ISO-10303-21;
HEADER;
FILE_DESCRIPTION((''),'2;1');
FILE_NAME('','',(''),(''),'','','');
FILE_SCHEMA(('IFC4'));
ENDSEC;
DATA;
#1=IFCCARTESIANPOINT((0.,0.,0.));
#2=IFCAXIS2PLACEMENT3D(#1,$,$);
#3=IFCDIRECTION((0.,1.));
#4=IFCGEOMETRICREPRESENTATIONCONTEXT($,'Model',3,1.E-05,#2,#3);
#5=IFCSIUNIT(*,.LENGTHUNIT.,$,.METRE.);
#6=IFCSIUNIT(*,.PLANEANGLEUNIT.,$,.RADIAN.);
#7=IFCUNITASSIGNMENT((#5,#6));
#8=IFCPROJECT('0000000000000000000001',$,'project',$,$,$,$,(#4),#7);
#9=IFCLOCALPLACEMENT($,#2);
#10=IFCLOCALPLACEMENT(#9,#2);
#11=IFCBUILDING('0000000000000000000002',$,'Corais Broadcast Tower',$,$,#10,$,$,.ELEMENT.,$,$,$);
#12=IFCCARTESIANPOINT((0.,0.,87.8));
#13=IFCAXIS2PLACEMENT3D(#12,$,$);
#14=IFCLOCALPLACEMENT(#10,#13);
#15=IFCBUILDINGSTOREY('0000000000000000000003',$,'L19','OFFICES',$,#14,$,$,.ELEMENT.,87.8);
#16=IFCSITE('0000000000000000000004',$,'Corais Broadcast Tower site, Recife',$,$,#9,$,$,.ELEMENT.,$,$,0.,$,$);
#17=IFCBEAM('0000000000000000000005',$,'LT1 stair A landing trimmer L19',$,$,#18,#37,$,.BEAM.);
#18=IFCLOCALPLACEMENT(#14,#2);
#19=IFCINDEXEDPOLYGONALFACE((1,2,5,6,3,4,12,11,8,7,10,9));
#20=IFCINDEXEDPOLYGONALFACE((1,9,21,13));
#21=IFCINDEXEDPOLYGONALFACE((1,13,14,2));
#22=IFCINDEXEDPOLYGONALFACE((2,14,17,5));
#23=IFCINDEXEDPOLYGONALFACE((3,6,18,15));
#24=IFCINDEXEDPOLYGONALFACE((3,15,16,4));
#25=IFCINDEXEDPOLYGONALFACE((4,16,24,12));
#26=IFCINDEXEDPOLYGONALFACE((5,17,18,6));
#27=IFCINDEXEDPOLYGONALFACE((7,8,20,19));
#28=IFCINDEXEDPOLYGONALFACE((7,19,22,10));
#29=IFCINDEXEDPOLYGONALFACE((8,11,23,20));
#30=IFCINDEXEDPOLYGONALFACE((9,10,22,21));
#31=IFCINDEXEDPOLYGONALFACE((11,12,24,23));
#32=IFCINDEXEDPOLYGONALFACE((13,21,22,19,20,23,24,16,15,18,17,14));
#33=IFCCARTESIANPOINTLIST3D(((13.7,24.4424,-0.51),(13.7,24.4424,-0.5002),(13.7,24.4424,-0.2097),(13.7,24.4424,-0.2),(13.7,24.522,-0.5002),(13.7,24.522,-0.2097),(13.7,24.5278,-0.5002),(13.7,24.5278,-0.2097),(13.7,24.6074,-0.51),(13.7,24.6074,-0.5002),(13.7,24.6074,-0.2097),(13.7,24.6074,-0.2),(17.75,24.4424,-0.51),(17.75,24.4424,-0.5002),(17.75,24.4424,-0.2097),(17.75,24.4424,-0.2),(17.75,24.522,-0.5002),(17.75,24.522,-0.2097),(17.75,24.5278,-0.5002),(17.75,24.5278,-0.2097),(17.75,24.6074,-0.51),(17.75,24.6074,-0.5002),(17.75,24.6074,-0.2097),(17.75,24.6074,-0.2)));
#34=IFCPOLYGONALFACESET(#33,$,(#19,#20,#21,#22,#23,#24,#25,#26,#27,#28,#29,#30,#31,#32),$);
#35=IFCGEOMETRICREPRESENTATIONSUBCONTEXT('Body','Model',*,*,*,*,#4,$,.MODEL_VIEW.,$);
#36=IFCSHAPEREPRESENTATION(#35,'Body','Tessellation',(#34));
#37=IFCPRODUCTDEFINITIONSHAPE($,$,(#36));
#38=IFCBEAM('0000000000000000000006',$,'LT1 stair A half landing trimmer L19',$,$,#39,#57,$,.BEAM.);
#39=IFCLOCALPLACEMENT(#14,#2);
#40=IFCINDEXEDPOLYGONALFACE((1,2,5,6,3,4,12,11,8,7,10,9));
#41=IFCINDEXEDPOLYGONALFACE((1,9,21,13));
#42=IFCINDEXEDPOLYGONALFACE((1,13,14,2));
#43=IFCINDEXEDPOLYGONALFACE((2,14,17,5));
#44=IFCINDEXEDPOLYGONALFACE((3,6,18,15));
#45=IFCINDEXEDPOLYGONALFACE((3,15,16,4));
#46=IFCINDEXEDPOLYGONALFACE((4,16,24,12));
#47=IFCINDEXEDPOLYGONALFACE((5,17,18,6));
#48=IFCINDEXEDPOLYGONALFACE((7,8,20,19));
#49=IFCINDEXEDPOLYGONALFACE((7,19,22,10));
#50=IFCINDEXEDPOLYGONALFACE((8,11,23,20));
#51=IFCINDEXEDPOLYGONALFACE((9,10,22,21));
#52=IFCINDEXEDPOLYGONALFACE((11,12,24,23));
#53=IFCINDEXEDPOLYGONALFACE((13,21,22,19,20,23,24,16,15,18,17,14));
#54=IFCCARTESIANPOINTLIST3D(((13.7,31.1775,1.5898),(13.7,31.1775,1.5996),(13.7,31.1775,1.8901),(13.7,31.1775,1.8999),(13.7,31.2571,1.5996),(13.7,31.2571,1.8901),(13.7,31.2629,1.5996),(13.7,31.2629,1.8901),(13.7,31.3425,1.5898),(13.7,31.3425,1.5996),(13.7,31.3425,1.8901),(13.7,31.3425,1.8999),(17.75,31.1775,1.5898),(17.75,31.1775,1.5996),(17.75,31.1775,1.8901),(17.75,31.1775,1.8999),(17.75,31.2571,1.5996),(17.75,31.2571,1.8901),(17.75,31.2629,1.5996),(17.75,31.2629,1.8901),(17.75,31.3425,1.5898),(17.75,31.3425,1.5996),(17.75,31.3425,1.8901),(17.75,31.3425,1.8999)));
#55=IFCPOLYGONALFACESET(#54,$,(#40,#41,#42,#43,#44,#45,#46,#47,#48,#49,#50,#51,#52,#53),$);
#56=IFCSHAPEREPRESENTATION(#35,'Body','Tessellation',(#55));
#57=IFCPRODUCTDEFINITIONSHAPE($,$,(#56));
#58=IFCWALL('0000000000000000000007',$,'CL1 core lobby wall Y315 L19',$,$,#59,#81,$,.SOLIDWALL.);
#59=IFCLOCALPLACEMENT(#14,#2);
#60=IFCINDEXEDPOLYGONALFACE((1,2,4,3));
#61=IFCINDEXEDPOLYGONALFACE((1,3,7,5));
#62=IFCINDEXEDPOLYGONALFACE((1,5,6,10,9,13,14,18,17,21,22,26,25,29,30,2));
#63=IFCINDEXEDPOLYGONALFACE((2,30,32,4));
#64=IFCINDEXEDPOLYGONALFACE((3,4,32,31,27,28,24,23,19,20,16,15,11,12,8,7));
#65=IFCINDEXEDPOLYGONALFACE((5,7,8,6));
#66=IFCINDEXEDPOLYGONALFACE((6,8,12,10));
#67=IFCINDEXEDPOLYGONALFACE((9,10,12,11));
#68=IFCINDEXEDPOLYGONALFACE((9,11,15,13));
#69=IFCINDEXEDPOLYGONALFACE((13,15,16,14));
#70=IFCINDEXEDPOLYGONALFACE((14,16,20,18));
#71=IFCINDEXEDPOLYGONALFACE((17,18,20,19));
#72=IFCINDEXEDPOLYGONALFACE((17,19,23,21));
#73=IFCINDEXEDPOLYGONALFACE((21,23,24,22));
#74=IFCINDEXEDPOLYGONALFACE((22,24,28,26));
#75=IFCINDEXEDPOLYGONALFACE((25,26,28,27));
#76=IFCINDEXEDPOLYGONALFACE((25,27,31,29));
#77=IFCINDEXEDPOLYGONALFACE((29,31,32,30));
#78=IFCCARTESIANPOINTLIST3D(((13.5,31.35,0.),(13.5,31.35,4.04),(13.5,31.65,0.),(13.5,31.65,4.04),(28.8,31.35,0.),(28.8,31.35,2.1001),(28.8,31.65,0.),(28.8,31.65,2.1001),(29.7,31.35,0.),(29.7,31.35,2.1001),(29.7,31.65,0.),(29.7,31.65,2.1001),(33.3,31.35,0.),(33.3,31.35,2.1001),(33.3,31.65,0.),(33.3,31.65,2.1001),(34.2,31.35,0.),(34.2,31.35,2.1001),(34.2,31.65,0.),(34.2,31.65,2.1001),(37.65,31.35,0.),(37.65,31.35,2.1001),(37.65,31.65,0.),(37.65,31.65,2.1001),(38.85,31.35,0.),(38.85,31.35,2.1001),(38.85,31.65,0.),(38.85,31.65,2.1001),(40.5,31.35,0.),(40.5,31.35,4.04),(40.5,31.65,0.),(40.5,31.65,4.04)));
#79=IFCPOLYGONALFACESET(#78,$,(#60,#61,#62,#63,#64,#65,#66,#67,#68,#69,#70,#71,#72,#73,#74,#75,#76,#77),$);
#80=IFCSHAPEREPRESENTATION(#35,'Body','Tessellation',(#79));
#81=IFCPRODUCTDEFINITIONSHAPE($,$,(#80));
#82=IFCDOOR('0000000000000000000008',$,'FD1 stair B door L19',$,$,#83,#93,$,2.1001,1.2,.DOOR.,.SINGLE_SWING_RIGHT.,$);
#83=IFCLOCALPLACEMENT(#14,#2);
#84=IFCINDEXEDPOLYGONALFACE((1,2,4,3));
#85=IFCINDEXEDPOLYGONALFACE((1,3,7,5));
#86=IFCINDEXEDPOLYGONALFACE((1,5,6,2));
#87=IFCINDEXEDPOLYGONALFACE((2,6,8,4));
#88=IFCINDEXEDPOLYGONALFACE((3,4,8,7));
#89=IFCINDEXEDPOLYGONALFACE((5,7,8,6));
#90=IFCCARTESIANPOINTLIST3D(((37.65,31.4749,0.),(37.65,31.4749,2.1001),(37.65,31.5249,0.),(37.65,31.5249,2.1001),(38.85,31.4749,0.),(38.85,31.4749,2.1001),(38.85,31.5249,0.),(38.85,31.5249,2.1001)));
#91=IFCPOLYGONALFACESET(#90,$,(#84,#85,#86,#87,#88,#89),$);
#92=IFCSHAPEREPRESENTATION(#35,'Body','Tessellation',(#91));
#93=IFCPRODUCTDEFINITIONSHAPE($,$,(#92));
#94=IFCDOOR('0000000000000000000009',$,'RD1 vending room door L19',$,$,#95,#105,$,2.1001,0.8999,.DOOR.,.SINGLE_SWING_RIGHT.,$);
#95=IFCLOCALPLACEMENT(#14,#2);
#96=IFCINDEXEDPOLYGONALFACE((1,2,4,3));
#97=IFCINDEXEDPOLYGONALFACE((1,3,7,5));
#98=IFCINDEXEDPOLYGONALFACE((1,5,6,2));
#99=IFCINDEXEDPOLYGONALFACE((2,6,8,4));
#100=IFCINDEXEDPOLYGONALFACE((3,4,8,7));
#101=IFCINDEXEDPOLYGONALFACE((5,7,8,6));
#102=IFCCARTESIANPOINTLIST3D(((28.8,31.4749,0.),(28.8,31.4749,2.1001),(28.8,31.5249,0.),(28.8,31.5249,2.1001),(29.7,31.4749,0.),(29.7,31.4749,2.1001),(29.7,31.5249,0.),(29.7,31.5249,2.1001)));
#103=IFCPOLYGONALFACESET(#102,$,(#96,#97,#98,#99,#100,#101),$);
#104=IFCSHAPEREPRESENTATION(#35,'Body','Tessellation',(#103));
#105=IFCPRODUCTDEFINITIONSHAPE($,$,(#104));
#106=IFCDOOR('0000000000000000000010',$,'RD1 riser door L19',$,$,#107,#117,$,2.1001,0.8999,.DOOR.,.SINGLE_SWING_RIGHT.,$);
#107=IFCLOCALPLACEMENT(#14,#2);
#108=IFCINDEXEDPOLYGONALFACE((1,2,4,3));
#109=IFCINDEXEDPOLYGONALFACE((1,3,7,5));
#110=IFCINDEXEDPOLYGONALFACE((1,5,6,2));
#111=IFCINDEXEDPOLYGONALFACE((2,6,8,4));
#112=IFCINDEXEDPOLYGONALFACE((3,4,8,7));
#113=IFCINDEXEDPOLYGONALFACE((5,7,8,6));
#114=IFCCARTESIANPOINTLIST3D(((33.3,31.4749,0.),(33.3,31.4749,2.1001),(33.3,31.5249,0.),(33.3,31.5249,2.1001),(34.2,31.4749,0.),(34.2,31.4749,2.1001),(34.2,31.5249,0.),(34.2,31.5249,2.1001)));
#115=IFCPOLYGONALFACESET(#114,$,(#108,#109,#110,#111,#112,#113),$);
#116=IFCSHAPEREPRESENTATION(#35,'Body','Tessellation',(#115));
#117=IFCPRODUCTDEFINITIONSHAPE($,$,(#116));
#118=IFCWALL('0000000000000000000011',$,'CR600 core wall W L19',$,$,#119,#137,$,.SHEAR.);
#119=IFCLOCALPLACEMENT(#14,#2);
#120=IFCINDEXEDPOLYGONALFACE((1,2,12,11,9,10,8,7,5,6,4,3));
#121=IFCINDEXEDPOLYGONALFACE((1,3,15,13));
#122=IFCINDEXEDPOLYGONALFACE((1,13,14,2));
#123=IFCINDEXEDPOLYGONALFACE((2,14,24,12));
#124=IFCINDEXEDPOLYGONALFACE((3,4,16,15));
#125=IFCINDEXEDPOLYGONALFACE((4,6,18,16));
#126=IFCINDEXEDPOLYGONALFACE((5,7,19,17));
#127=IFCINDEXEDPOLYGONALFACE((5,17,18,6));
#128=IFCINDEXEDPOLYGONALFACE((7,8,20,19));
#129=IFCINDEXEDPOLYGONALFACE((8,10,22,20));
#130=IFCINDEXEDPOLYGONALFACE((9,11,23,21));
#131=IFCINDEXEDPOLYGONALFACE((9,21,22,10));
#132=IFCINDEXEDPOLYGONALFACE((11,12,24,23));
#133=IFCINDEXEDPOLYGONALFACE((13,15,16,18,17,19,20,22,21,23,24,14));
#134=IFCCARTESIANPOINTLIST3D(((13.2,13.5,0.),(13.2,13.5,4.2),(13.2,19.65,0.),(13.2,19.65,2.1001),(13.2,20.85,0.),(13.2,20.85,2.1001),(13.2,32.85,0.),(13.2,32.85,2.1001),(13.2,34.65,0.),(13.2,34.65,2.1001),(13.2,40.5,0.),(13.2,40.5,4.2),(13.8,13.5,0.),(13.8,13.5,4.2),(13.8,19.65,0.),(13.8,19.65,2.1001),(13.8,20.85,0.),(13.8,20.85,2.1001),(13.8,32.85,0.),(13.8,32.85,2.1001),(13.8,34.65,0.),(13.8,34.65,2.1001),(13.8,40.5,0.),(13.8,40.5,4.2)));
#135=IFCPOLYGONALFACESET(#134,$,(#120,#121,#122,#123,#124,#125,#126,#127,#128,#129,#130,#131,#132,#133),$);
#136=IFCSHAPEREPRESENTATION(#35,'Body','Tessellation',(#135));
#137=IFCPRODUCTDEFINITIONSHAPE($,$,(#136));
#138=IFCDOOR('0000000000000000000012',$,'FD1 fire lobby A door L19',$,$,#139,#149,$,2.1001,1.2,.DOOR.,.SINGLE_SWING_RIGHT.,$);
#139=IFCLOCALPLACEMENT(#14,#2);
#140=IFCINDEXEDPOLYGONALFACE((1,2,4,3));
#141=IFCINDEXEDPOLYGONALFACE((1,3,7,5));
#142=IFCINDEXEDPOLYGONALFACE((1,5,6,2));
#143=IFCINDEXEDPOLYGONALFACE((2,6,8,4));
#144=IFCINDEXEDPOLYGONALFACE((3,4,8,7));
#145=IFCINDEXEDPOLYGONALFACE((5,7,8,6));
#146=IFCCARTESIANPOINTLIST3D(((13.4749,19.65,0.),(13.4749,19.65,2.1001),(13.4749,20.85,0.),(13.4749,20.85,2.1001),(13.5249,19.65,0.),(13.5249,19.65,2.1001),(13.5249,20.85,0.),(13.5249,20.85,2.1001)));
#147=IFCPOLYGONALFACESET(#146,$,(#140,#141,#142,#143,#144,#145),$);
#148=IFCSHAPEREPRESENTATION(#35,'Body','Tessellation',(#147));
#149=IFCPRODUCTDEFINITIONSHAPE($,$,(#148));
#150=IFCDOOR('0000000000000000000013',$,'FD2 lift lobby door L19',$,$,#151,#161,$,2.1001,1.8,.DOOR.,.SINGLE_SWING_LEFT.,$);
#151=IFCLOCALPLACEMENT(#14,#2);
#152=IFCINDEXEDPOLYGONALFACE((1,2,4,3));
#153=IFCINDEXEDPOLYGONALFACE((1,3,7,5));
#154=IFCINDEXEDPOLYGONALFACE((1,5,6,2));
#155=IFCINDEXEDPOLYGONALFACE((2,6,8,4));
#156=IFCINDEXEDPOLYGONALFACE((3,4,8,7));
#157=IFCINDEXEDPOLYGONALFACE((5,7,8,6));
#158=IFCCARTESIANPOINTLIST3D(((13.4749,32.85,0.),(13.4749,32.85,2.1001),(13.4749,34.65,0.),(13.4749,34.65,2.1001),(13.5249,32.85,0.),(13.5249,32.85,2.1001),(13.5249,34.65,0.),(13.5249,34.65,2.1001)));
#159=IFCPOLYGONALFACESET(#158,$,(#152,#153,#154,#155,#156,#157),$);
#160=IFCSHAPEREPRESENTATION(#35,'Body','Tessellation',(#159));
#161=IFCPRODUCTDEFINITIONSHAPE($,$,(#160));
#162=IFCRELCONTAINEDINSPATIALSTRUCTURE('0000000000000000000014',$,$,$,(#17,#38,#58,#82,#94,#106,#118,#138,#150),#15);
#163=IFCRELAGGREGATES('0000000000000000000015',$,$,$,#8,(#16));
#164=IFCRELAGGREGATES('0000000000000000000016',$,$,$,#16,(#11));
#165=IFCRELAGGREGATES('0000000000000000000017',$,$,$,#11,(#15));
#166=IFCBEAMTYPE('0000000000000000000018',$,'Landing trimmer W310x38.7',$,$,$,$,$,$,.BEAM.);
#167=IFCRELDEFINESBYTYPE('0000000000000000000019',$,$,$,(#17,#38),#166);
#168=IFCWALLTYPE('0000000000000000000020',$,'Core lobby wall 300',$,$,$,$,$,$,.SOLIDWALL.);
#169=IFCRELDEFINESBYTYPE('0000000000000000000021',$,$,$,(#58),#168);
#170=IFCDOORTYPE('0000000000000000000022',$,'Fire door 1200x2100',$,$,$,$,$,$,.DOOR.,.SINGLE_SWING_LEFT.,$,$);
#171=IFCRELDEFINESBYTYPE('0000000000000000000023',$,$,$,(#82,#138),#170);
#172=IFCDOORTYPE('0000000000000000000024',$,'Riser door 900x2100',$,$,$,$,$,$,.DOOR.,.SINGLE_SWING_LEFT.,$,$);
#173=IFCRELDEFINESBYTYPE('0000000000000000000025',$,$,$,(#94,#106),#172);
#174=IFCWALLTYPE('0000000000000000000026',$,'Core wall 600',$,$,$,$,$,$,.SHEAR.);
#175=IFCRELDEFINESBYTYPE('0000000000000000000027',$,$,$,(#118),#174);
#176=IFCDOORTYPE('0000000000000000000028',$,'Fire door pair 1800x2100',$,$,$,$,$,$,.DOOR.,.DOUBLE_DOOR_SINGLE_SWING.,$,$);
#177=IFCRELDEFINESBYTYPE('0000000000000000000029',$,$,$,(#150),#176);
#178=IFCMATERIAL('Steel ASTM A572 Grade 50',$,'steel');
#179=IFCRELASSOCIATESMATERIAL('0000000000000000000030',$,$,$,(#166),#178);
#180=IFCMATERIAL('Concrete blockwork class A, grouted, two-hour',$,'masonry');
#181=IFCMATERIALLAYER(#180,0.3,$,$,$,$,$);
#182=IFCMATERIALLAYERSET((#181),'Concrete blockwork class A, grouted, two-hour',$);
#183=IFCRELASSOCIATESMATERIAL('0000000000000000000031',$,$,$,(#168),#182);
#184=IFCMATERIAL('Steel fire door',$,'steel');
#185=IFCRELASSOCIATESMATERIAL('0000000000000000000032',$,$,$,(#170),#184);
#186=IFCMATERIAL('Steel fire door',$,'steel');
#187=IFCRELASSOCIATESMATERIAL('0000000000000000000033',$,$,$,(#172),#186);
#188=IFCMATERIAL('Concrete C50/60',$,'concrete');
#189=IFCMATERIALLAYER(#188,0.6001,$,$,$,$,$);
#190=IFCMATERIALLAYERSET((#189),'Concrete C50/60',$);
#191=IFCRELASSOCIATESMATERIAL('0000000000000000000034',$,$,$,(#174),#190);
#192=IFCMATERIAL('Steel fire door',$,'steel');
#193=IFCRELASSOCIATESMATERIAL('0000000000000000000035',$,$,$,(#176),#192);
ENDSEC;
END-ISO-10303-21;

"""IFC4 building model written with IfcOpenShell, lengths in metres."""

from ifc_helpers import new_model, si_unit, direction, frame, frame_2d, origin, origin_2d, place, context, subcontext, project, spatial, rectangle, i_section, extrude, material, layer, layer_set, material_profile, profile_set, type_object, element, fill, save


model = new_model("IFC4")

# Units and contexts
model_context = context("Model", 3, precision=1e-05, world=origin(), true_north=direction((0.0, 1.0)))
body_context = subcontext(model_context, "Body", "Model", "MODEL_VIEW")
ifc_project = project(units=[si_unit("LENGTHUNIT", "METRE"), si_unit("PLANEANGLEUNIT", "RADIAN")], contexts=[model_context])

# Site, building, storey
site_placement = place(None, origin())
site = spatial("IfcSite", under=ifc_project, at=site_placement, Name="Corais Broadcast Tower site, Recife", CompositionType="ELEMENT", RefElevation=0.0)
building_placement = place(site_placement, origin())
building = spatial("IfcBuilding", under=site, at=building_placement, Name="Corais Broadcast Tower", CompositionType="ELEMENT")
storey_placement = place(building_placement, frame((0.0, 0.0, 87.8)))
storey = spatial("IfcBuildingStorey", under=building, at=storey_placement, Name="L19", Description="OFFICES", CompositionType="ELEMENT", Elevation=87.8)

# Beams
ifc_material_1 = material(Name="Steel ASTM A572 Grade 50", Category="steel")
ifc_material_profile = material_profile(ifc_material_1, i_section(OverallWidth=0.165, OverallDepth=0.3101, WebThickness=0.0059, FlangeThickness=0.0098, at=origin_2d()), Name="W310x38.7")
ifc_profile_set = profile_set([ifc_material_profile], Name="Steel ASTM A572 Grade 50")
beam_type = type_object("IfcBeamType", Name="Landing trimmer W310x38.7", PredefinedType="BEAM", material=ifc_profile_set)
for number, where, z_axis, x_axis, name in (
    (1, (13.7, 24.5249, -0.355), (1.0, 0.0, 0.0), (0.0, 1.0, 0.0), "LT1 stair A landing trimmer L19"),
    (2, (13.7, 31.26, 1.7449), (1.0, 0.0, 0.0), (0.0, 1.0, 0.0), "LT1 stair A half landing trimmer L19"),
):
    element("IfcBeam", number, at=place(storey_placement, frame(where, z_axis=z_axis, x_axis=x_axis)), inside=storey, type_object=beam_type, Name=name, PredefinedType="BEAM", context=body_context, shape_type="SweptSolid", body=[
        extrude(i_section(OverallWidth=0.165, OverallDepth=0.3101, WebThickness=0.0059, FlangeThickness=0.0098, at=origin_2d()), origin(), (0.0, 0.0, 1.0), 4.05),
    ])

# Walls, openings, doors
ifc_material_2 = material(Name="Concrete blockwork class A, grouted, two-hour", Category="masonry")
ifc_layer_1 = layer(ifc_material_2, 0.3)
ifc_layer_set_1 = layer_set([ifc_layer_1], Name="Concrete blockwork class A, grouted, two-hour")
wall_type_1 = type_object("IfcWallType", Name="Core lobby wall 300", PredefinedType="SOLIDWALL", material=ifc_layer_set_1)
wall_1_placement = place(storey_placement, frame((13.5, 31.5, 0.0), z_axis=(0.0, 0.0, 1.0), x_axis=(1.0, 0.0, 0.0)))
wall_1 = element("IfcWall", 3, at=wall_1_placement, inside=storey, type_object=wall_type_1, Name="CL1 core lobby wall Y315 L19", PredefinedType="SOLIDWALL", context=body_context, shape_type="SweptSolid", body=[
    extrude(rectangle(XDim=27.0, YDim=0.3, at=frame_2d((13.5, 0.0))), origin(), (0.0, 0.0, 1.0), 4.04),
])
opening_1_placement = place(wall_1_placement, frame((24.1499, 0.0, 0.0)))
opening_1 = element("IfcOpeningElement", 4, at=opening_1_placement, cuts=wall_1, PredefinedType="OPENING", context=body_context, shape_type="SweptSolid", body=[
    extrude(rectangle(XDim=1.2, YDim=2.1001, at=frame_2d((0.6001, 1.05))), frame((0.0, 0.1599, 0.0), z_axis=(0.0, -1.0, 0.0), x_axis=(1.0, 0.0, 0.0)), (0.0, 0.0, 1.0), 0.3201),
])
opening_2_placement = place(wall_1_placement, frame((15.3, 0.0, 0.0)))
opening_2 = element("IfcOpeningElement", 5, at=opening_2_placement, cuts=wall_1, PredefinedType="OPENING", context=body_context, shape_type="SweptSolid", body=[
    extrude(rectangle(XDim=0.8999, YDim=2.1001, at=frame_2d((0.45, 1.05))), frame((0.0, 0.1599, 0.0), z_axis=(0.0, -1.0, 0.0), x_axis=(1.0, 0.0, 0.0)), (0.0, 0.0, 1.0), 0.3201),
])
opening_3_placement = place(wall_1_placement, frame((19.8, 0.0, 0.0)))
opening_3 = element("IfcOpeningElement", 6, at=opening_3_placement, cuts=wall_1, PredefinedType="OPENING", context=body_context, shape_type="SweptSolid", body=[
    extrude(rectangle(XDim=0.8999, YDim=2.1001, at=frame_2d((0.45, 1.05))), frame((0.0, 0.1599, 0.0), z_axis=(0.0, -1.0, 0.0), x_axis=(1.0, 0.0, 0.0)), (0.0, 0.0, 1.0), 0.3201),
])
ifc_material_3 = material(Name="Steel fire door", Category="steel")
door_type_1 = type_object("IfcDoorType", Name="Fire door 1200x2100", OperationType="SINGLE_SWING_LEFT", PredefinedType="DOOR", material=ifc_material_3)
door_1_placement = place(opening_1_placement, origin())
door_1 = element("IfcDoor", 7, at=door_1_placement, inside=storey, type_object=door_type_1, Name="FD1 stair B door L19", OperationType="SINGLE_SWING_RIGHT", OverallHeight=2.1001, OverallWidth=1.2, PredefinedType="DOOR", context=body_context, shape_type="SweptSolid", body=[
    extrude(rectangle(XDim=1.2, YDim=2.1001, at=frame_2d((0.6001, 1.05))), frame((0.0, 0.0249, 0.0), z_axis=(0.0, -1.0, 0.0), x_axis=(1.0, 0.0, 0.0)), (0.0, 0.0, 1.0), 0.05),
])
fill(opening_1, door_1)
ifc_material_4 = material(Name="Steel fire door", Category="steel")
door_type_2 = type_object("IfcDoorType", Name="Riser door 900x2100", OperationType="SINGLE_SWING_LEFT", PredefinedType="DOOR", material=ifc_material_4)
door_2_placement = place(opening_2_placement, origin())
door_2 = element("IfcDoor", 8, at=door_2_placement, inside=storey, type_object=door_type_2, Name="RD1 vending room door L19", OperationType="SINGLE_SWING_RIGHT", OverallHeight=2.1001, OverallWidth=0.8999, PredefinedType="DOOR", context=body_context, shape_type="SweptSolid", body=[
    extrude(rectangle(XDim=0.8999, YDim=2.1001, at=frame_2d((0.45, 1.05))), frame((0.0, 0.0249, 0.0), z_axis=(0.0, -1.0, 0.0), x_axis=(1.0, 0.0, 0.0)), (0.0, 0.0, 1.0), 0.05),
])
fill(opening_2, door_2)
door_3_placement = place(opening_3_placement, origin())
door_3 = element("IfcDoor", 9, at=door_3_placement, inside=storey, type_object=door_type_2, Name="RD1 riser door L19", OperationType="SINGLE_SWING_RIGHT", OverallHeight=2.1001, OverallWidth=0.8999, PredefinedType="DOOR", context=body_context, shape_type="SweptSolid", body=[
    extrude(rectangle(XDim=0.8999, YDim=2.1001, at=frame_2d((0.45, 1.05))), frame((0.0, 0.0249, 0.0), z_axis=(0.0, -1.0, 0.0), x_axis=(1.0, 0.0, 0.0)), (0.0, 0.0, 1.0), 0.05),
])
fill(opening_3, door_3)
ifc_material_5 = material(Name="Concrete C50/60", Category="concrete")
ifc_layer_2 = layer(ifc_material_5, 0.6001)
ifc_layer_set_2 = layer_set([ifc_layer_2], Name="Concrete C50/60")
wall_type_2 = type_object("IfcWallType", Name="Core wall 600", PredefinedType="SHEAR", material=ifc_layer_set_2)
wall_2_placement = place(storey_placement, frame((13.5, 40.5, 0.0), z_axis=(0.0, 0.0, 1.0), x_axis=(0.0, -1.0, 0.0)))
wall_2 = element("IfcWall", 10, at=wall_2_placement, inside=storey, type_object=wall_type_2, Name="CR600 core wall W L19", PredefinedType="SHEAR", context=body_context, shape_type="SweptSolid", body=[
    extrude(rectangle(XDim=27.0, YDim=0.6001, at=frame_2d((13.5, 0.0))), origin(), (0.0, 0.0, 1.0), 4.2),
])
opening_4_placement = place(wall_2_placement, frame((19.6499, 0.0, 0.0)))
opening_4 = element("IfcOpeningElement", 11, at=opening_4_placement, cuts=wall_2, PredefinedType="OPENING", context=body_context, shape_type="SweptSolid", body=[
    extrude(rectangle(XDim=1.2, YDim=2.1001, at=frame_2d((0.6001, 1.05))), frame((0.0, 0.3101, 0.0), z_axis=(0.0, -1.0, 0.0), x_axis=(1.0, 0.0, 0.0)), (0.0, 0.0, 1.0), 0.6201),
])
opening_5_placement = place(wall_2_placement, frame((5.8501, 0.0, 0.0)))
opening_5 = element("IfcOpeningElement", 12, at=opening_5_placement, cuts=wall_2, PredefinedType="OPENING", context=body_context, shape_type="SweptSolid", body=[
    extrude(rectangle(XDim=1.8, YDim=2.1001, at=frame_2d((0.8999, 1.05))), frame((0.0, 0.3101, 0.0), z_axis=(0.0, -1.0, 0.0), x_axis=(1.0, 0.0, 0.0)), (0.0, 0.0, 1.0), 0.6201),
])
door_4_placement = place(opening_4_placement, origin())
door_4 = element("IfcDoor", 13, at=door_4_placement, inside=storey, type_object=door_type_1, Name="FD1 fire lobby A door L19", OperationType="SINGLE_SWING_RIGHT", OverallHeight=2.1001, OverallWidth=1.2, PredefinedType="DOOR", context=body_context, shape_type="SweptSolid", body=[
    extrude(rectangle(XDim=1.2, YDim=2.1001, at=frame_2d((0.6001, 1.05))), frame((0.0, 0.0249, 0.0), z_axis=(0.0, -1.0, 0.0), x_axis=(1.0, 0.0, 0.0)), (0.0, 0.0, 1.0), 0.05),
])
fill(opening_4, door_4)
ifc_material_6 = material(Name="Steel fire door", Category="steel")
door_type_3 = type_object("IfcDoorType", Name="Fire door pair 1800x2100", OperationType="DOUBLE_DOOR_SINGLE_SWING", PredefinedType="DOOR", material=ifc_material_6)
door_5_placement = place(opening_5_placement, origin())
door_5 = element("IfcDoor", 14, at=door_5_placement, inside=storey, type_object=door_type_3, Name="FD2 lift lobby door L19", OperationType="SINGLE_SWING_LEFT", OverallHeight=2.1001, OverallWidth=1.8, PredefinedType="DOOR", context=body_context, shape_type="SweptSolid", body=[
    extrude(rectangle(XDim=1.8, YDim=2.1001, at=frame_2d((0.8999, 1.05))), frame((0.0, 0.0249, 0.0), z_axis=(0.0, -1.0, 0.0), x_axis=(1.0, 0.0, 0.0)), (0.0, 0.0, 1.0), 0.05),
])
fill(opening_5, door_5)

save(model, "model.ifc")
